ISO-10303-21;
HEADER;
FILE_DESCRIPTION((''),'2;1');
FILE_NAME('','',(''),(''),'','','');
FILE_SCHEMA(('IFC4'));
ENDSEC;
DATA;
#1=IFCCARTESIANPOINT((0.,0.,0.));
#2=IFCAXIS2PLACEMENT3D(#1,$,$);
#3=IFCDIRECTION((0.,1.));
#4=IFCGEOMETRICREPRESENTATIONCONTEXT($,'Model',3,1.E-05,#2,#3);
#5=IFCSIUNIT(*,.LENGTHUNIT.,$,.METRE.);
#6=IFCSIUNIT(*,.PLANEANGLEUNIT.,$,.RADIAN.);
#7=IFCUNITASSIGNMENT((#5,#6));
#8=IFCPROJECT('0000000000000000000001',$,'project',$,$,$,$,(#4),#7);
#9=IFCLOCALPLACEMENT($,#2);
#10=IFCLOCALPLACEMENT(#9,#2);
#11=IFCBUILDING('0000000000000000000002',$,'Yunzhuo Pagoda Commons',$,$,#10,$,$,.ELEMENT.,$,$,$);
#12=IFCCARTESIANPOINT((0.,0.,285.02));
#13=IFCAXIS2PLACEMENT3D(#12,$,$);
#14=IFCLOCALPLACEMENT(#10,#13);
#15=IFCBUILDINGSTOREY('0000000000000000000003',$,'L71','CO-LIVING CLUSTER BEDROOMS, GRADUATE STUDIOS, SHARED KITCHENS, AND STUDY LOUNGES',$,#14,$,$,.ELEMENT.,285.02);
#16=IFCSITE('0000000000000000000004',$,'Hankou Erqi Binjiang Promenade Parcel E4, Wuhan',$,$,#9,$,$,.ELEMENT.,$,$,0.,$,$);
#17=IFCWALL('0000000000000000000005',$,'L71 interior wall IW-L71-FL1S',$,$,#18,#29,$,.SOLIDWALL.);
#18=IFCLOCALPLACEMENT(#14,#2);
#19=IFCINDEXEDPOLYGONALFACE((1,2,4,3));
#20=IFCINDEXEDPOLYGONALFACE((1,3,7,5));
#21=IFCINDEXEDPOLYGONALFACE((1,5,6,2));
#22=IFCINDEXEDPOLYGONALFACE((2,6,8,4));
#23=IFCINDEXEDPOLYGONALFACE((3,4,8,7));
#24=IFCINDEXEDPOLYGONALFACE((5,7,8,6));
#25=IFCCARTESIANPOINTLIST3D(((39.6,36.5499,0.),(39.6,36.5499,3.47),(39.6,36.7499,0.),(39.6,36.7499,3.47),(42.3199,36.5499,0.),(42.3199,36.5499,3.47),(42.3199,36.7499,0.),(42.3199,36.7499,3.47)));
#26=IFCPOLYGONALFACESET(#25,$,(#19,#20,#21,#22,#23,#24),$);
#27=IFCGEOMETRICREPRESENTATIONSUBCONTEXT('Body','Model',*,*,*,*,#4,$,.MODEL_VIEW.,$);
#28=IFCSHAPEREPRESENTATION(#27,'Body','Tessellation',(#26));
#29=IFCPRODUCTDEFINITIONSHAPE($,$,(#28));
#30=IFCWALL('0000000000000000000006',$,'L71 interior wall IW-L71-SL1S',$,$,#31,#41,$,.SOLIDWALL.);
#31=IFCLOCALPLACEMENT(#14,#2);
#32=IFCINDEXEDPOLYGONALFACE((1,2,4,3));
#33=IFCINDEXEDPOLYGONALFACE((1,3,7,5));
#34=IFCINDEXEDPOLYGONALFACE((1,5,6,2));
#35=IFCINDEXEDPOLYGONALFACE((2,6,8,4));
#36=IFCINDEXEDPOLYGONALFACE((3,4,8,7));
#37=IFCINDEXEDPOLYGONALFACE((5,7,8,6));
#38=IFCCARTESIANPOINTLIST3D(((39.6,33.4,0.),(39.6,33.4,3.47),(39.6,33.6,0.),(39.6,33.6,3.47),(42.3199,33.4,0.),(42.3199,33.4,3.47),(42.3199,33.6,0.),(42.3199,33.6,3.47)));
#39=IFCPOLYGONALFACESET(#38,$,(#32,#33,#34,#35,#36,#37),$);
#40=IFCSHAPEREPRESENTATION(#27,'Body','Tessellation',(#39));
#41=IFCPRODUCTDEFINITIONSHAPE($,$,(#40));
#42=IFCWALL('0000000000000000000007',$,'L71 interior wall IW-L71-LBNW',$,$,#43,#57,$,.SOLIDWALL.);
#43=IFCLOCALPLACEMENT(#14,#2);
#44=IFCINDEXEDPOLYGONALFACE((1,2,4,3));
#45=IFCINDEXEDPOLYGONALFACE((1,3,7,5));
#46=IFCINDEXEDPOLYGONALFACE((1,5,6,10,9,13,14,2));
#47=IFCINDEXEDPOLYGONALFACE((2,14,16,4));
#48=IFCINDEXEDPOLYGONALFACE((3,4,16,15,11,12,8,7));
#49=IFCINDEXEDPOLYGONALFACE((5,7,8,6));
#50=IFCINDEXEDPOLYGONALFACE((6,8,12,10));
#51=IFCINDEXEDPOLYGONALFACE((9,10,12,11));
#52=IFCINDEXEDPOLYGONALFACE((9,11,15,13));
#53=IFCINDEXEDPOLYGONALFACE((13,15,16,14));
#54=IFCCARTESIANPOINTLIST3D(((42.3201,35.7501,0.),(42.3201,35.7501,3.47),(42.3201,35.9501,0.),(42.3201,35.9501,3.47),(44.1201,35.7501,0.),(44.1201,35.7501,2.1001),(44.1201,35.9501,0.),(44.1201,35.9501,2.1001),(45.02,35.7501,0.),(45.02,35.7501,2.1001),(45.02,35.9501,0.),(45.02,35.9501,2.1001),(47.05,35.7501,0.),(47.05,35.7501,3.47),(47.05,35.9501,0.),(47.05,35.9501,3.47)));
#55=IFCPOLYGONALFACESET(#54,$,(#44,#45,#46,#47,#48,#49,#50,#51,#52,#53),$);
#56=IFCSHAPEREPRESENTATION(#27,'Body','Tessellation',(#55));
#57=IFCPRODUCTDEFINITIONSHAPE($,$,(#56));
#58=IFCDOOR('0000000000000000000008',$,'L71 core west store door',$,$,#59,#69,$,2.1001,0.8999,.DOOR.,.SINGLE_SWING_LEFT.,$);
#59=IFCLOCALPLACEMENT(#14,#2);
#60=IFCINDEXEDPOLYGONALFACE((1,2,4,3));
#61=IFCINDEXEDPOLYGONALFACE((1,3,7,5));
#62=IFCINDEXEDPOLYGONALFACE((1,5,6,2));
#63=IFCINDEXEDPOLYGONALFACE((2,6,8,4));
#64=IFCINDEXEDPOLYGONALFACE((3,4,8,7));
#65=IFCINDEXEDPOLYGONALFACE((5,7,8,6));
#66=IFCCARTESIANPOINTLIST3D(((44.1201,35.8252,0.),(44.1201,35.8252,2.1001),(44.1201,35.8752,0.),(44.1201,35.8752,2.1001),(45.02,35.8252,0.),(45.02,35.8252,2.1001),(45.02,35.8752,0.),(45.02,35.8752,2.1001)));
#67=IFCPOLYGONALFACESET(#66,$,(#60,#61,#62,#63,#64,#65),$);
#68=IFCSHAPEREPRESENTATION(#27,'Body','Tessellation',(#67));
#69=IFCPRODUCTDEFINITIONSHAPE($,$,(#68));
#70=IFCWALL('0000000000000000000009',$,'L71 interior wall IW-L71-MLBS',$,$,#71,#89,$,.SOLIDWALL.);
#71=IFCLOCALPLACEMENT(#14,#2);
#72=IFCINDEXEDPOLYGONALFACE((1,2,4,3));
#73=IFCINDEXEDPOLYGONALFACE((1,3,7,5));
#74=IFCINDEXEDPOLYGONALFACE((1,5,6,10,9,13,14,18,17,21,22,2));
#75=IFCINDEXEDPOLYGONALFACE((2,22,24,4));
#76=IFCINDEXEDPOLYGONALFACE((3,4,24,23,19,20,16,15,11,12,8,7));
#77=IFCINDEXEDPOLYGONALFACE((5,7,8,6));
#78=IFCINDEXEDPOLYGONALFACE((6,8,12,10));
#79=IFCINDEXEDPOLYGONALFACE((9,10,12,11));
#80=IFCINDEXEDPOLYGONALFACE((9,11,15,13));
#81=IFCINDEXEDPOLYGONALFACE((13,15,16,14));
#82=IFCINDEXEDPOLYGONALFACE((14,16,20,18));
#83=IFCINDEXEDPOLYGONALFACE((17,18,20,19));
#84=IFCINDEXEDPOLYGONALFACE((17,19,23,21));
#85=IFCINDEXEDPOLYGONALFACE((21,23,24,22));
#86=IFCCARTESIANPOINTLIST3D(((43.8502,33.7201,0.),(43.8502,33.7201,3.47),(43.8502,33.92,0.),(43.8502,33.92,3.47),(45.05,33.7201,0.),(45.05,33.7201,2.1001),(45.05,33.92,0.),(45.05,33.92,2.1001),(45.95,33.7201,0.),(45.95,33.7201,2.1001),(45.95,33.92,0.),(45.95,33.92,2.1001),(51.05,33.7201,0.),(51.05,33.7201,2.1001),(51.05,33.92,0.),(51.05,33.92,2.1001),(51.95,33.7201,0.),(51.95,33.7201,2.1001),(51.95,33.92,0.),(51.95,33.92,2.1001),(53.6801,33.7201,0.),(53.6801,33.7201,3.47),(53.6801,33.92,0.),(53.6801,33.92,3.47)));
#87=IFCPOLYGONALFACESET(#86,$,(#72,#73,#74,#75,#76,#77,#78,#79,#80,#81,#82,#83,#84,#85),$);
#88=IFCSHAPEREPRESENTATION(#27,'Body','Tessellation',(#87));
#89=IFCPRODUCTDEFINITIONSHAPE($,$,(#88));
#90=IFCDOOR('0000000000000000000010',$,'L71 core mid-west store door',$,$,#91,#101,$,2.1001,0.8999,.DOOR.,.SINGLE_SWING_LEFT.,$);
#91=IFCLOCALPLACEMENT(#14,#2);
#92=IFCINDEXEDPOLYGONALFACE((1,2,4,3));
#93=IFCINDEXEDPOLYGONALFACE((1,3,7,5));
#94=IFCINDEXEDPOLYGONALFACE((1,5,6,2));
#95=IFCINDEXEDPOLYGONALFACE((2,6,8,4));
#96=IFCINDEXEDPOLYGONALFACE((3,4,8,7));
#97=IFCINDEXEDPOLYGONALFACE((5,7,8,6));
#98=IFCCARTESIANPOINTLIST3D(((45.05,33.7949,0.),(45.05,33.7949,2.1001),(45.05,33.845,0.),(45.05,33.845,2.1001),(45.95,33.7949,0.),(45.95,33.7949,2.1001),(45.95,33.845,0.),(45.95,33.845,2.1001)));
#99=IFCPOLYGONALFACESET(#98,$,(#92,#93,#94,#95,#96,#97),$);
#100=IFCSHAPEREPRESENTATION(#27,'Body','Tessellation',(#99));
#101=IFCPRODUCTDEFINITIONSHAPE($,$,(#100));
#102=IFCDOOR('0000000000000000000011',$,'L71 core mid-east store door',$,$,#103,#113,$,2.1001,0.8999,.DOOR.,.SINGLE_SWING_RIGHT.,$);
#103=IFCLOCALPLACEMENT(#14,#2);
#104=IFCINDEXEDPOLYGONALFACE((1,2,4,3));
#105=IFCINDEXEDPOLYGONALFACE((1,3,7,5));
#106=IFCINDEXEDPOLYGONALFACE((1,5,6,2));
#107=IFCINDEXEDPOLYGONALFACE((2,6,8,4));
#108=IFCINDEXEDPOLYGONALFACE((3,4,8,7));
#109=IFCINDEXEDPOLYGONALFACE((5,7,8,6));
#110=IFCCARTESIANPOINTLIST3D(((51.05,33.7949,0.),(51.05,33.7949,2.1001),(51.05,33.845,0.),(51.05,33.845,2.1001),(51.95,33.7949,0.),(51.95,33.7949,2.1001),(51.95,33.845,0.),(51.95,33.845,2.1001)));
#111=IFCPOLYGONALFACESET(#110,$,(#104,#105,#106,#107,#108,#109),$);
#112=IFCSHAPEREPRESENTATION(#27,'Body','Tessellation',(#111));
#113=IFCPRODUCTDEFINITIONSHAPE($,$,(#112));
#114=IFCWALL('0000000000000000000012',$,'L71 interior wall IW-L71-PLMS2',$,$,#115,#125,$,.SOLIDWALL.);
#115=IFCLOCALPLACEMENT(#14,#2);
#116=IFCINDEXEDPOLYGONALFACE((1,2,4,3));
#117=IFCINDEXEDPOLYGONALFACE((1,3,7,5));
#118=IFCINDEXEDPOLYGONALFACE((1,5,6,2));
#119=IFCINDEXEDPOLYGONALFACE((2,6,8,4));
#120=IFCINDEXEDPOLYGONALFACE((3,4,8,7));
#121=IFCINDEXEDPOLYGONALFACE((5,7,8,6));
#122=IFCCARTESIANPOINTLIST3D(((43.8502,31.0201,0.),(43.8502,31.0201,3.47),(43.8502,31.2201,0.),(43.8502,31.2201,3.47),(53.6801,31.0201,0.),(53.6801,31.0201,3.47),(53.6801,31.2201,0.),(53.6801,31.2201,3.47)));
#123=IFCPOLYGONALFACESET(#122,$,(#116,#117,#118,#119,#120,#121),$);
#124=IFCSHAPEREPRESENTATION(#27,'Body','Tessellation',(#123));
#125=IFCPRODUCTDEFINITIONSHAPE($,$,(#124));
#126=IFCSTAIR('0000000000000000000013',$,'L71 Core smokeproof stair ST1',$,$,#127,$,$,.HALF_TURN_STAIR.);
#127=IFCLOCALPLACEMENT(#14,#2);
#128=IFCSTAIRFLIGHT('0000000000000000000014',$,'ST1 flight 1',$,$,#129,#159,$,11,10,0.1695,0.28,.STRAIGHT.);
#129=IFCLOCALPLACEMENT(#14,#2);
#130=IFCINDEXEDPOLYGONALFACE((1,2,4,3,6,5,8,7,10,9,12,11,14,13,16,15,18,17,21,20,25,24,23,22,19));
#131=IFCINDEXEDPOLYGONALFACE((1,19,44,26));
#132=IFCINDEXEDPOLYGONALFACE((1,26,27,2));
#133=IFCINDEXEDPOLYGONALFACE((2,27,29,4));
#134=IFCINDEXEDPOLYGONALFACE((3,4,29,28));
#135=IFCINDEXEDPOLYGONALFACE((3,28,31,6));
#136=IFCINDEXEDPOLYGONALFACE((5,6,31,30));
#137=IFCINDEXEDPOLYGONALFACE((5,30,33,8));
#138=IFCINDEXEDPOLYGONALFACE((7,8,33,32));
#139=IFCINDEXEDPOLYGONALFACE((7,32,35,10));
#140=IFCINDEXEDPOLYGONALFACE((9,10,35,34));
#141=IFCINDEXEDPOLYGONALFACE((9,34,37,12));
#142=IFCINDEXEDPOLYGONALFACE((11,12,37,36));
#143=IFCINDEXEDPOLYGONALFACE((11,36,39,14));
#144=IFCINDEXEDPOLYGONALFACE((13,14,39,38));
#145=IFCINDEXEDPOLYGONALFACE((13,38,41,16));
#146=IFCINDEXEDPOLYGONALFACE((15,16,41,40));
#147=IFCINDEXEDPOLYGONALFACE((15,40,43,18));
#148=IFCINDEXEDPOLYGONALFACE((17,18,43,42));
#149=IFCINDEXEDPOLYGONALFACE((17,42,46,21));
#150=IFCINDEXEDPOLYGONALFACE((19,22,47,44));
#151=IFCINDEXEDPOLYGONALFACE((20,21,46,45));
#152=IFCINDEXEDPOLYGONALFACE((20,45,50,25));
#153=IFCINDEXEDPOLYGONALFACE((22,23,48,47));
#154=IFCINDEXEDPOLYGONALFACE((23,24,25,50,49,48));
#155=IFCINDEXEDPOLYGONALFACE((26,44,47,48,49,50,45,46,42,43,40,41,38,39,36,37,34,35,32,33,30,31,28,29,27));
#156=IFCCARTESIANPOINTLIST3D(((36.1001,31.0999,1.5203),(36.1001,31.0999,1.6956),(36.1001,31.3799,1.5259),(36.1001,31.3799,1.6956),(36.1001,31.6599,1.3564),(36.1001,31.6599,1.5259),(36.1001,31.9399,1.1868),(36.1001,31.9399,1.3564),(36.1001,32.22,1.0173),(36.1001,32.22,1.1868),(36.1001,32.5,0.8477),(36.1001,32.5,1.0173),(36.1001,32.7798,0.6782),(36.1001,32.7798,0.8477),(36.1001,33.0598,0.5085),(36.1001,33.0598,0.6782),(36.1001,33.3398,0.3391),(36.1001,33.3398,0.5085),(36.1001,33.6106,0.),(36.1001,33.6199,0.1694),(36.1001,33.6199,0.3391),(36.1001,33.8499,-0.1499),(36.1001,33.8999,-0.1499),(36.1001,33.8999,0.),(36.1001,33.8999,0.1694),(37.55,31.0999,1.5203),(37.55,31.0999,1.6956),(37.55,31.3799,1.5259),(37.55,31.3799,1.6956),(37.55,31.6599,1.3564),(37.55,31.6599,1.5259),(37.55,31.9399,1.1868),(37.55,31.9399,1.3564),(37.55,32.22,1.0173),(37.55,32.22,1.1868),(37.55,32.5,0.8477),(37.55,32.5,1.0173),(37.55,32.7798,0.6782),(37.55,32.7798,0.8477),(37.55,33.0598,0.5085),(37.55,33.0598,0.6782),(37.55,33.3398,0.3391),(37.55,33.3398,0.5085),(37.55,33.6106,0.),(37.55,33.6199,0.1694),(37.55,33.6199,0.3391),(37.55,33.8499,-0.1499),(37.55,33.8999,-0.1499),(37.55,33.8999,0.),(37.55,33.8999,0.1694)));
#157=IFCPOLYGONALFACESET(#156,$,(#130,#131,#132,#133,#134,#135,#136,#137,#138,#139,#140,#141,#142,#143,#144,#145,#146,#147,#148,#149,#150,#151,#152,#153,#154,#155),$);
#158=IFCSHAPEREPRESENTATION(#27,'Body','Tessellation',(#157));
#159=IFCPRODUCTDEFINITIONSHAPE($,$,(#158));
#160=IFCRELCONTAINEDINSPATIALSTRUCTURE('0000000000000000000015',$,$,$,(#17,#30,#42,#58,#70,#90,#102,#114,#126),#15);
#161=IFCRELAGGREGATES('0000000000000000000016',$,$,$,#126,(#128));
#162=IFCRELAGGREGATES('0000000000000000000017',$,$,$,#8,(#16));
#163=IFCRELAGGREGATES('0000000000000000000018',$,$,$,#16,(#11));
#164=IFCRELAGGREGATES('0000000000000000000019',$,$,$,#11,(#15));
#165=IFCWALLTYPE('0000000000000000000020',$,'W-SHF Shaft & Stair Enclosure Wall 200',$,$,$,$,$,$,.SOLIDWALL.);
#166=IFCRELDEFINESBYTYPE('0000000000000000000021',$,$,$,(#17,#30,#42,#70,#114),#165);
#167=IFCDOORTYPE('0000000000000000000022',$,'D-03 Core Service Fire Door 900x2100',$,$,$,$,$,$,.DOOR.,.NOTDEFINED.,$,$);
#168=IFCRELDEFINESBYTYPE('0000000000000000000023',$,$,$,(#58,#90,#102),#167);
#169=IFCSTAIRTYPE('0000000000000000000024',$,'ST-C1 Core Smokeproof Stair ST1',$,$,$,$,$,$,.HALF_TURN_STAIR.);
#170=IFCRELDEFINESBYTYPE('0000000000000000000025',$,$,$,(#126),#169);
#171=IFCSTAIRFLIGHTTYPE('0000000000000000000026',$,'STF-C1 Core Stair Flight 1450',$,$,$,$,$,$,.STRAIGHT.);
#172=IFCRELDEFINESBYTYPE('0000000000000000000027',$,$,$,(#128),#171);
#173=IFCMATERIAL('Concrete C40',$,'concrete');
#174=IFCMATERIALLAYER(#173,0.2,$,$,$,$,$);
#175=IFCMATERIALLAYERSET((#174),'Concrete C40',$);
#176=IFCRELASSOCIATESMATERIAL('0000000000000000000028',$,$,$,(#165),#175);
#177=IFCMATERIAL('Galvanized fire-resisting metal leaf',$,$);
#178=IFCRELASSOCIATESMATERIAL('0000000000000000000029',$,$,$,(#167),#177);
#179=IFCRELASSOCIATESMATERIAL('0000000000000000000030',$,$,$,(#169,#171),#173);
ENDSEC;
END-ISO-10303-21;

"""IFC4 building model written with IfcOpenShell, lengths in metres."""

from ifc_helpers import new_model, si_unit, direction, frame, frame_2d, origin, origin_with_axes, place, context, subcontext, project, spatial, polyline, rectangle, outline, extrude, source, transform, mapped, material, layer, layer_set, type_object, element, fill, aggregate, save


model = new_model("IFC4")

# Units and contexts
model_context = context("Model", 3, precision=1e-05, world=origin(), true_north=direction((0.0, 1.0)))
body_context = subcontext(model_context, "Body", "Model", "MODEL_VIEW")
ifc_project = project(units=[si_unit("LENGTHUNIT", "METRE"), si_unit("PLANEANGLEUNIT", "RADIAN")], contexts=[model_context])

# Site, building, storey
site_placement = place(None, origin())
site = spatial("IfcSite", under=ifc_project, at=site_placement, Name="Hankou Erqi Binjiang Promenade Parcel E4, Wuhan", CompositionType="ELEMENT", RefElevation=0.0)
building_placement = place(site_placement, origin())
building = spatial("IfcBuilding", under=site, at=building_placement, Name="Yunzhuo Pagoda Commons", CompositionType="ELEMENT")
storey_placement = place(building_placement, frame((0.0, 0.0, 285.02)))
storey = spatial("IfcBuildingStorey", under=building, at=storey_placement, Name="L71", Description="CO-LIVING CLUSTER BEDROOMS, GRADUATE STUDIOS, SHARED KITCHENS, AND STUDY LOUNGES", CompositionType="ELEMENT", Elevation=285.02)

# Shared definitions
ifc_material_1 = material(Name="Galvanized fire-resisting metal leaf")

# Shared definitions
ifc_material_2 = material(Name="Concrete C40", Category="concrete")
ifc_layer_1 = layer(ifc_material_2, 0.2)
ifc_layer_set_1 = layer_set([ifc_layer_1], Name="Concrete C40")
wall_type_1 = type_object("IfcWallType", Name="W-SHF Shaft & Stair Enclosure Wall 200", PredefinedType="SOLIDWALL", material=ifc_layer_set_1)

# Walls
for number, where, z_axis, x_axis, name in (
    (1, (39.6001, 36.6499, 0.0), (0.0, 0.0, 1.0), (1.0, 0.0, 0.0), "L71 interior wall IW-L71-FL1S"),
    (2, (39.6001, 33.5, 0.0), (0.0, 0.0, 1.0), (1.0, 0.0, 0.0), "L71 interior wall IW-L71-SL1S"),
):
    element("IfcWall", number, at=place(storey_placement, frame(where, z_axis=z_axis, x_axis=x_axis)), inside=storey, type_object=wall_type_1, Name=name, PredefinedType="SOLIDWALL", context=body_context, shape_type="SweptSolid", body=[
        extrude(rectangle(XDim=2.72, YDim=0.2, at=frame_2d((1.3599, 0.0))), origin(), (0.0, 0.0, 1.0), 3.47),
    ])

# Wall, opening, door
wall_1_placement = place(storey_placement, frame((42.3201, 35.8501, 0.0), z_axis=(0.0, 0.0, 1.0), x_axis=(1.0, 0.0, 0.0)))
wall_1 = element("IfcWall", 3, at=wall_1_placement, inside=storey, type_object=wall_type_1, Name="L71 interior wall IW-L71-LBNW", PredefinedType="SOLIDWALL", context=body_context, shape_type="SweptSolid", body=[
    extrude(rectangle(XDim=4.73, YDim=0.2, at=frame_2d((2.365, 0.0))), origin(), (0.0, 0.0, 1.0), 3.47),
])
opening_1_placement = place(wall_1_placement, frame((1.8, 0.0, 0.0)))
opening_1 = element("IfcOpeningElement", 4, at=opening_1_placement, cuts=wall_1, PredefinedType="OPENING", context=body_context, shape_type="SweptSolid", body=[
    extrude(rectangle(XDim=0.8999, YDim=2.1001, at=frame_2d((0.45, 1.05))), frame((0.0, 0.1099, 0.0), z_axis=(0.0, -1.0, 0.0), x_axis=(1.0, 0.0, 0.0)), (0.0, 0.0, 1.0), 0.22),
])
door_type_1 = type_object("IfcDoorType", Name="D-03 Core Service Fire Door 900x2100", OperationType="NOTDEFINED", PredefinedType="DOOR", material=ifc_material_1)
shared_shape_1 = source(origin(), body_context, "Body", "SweptSolid", [
    extrude(rectangle(XDim=0.8999, YDim=2.1001, at=frame_2d((0.45, 1.05))), frame((0.0, 0.0249, 0.0), z_axis=(0.0, -1.0, 0.0), x_axis=(1.0, 0.0, 0.0)), (0.0, 0.0, 1.0), 0.05),
])
door_1_placement = place(opening_1_placement, frame((0.8999, 0.0, 0.0), z_axis=(0.0, 0.0, 1.0), x_axis=(-1.0, 0.0, 0.0)))
door_1 = element("IfcDoor", 5, at=door_1_placement, inside=storey, type_object=door_type_1, Name="L71 core west store door", OperationType="SINGLE_SWING_LEFT", OverallHeight=2.1001, OverallWidth=0.8999, PredefinedType="DOOR", context=body_context, shape_type="MappedRepresentation", body=[
    mapped(shared_shape_1, transform((0.0, 0.0, 0.0), scale=1.0)),
])
fill(opening_1, door_1)

# Wall, openings, doors
wall_2_placement = place(storey_placement, frame((43.8501, 33.8201, 0.0), z_axis=(0.0, 0.0, 1.0), x_axis=(1.0, 0.0, 0.0)))
wall_2 = element("IfcWall", 6, at=wall_2_placement, inside=storey, type_object=wall_type_1, Name="L71 interior wall IW-L71-MLBS", PredefinedType="SOLIDWALL", context=body_context, shape_type="SweptSolid", body=[
    extrude(rectangle(XDim=9.8298, YDim=0.2, at=frame_2d((4.915, 0.0))), origin(), (0.0, 0.0, 1.0), 3.47),
])
opening_2_placement = place(wall_2_placement, frame((1.2, 0.0, 0.0)))
opening_2 = element("IfcOpeningElement", 7, at=opening_2_placement, cuts=wall_2, PredefinedType="OPENING", context=body_context, shape_type="SweptSolid", body=[
    extrude(rectangle(XDim=0.8999, YDim=2.1001, at=frame_2d((0.45, 1.05))), frame((0.0, 0.1099, 0.0), z_axis=(0.0, -1.0, 0.0), x_axis=(1.0, 0.0, 0.0)), (0.0, 0.0, 1.0), 0.22),
])
opening_3_placement = place(wall_2_placement, frame((7.2, 0.0, 0.0)))
opening_3 = element("IfcOpeningElement", 8, at=opening_3_placement, cuts=wall_2, PredefinedType="OPENING", context=body_context, shape_type="SweptSolid", body=[
    extrude(rectangle(XDim=0.8999, YDim=2.1001, at=frame_2d((0.45, 1.05))), frame((0.0, 0.1099, 0.0), z_axis=(0.0, -1.0, 0.0), x_axis=(1.0, 0.0, 0.0)), (0.0, 0.0, 1.0), 0.22),
])
door_2_placement = place(opening_2_placement, origin_with_axes())
door_2 = element("IfcDoor", 9, at=door_2_placement, inside=storey, type_object=door_type_1, Name="L71 core mid-west store door", OperationType="SINGLE_SWING_LEFT", OverallHeight=2.1001, OverallWidth=0.8999, PredefinedType="DOOR", context=body_context, shape_type="MappedRepresentation", body=[
    mapped(shared_shape_1, transform((0.0, 0.0, 0.0), scale=1.0)),
])
fill(opening_2, door_2)
door_3_placement = place(opening_3_placement, origin_with_axes())
door_3 = element("IfcDoor", 10, at=door_3_placement, inside=storey, type_object=door_type_1, Name="L71 core mid-east store door", OperationType="SINGLE_SWING_RIGHT", OverallHeight=2.1001, OverallWidth=0.8999, PredefinedType="DOOR", context=body_context, shape_type="MappedRepresentation", body=[
    mapped(shared_shape_1, transform((0.0, 0.0, 0.0), scale=1.0)),
])
fill(opening_3, door_3)

# Wall
wall_3_placement = place(storey_placement, frame((43.8501, 31.1201, 0.0), z_axis=(0.0, 0.0, 1.0), x_axis=(1.0, 0.0, 0.0)))
element("IfcWall", 11, at=wall_3_placement, inside=storey, type_object=wall_type_1, Name="L71 interior wall IW-L71-PLMS2", PredefinedType="SOLIDWALL", context=body_context, shape_type="SweptSolid", body=[
    extrude(rectangle(XDim=9.8298, YDim=0.2, at=frame_2d((4.915, 0.0))), origin(), (0.0, 0.0, 1.0), 3.47),
])

# Stair, stair flight
stair_type = type_object("IfcStairType", Name="ST-C1 Core Smokeproof Stair ST1", PredefinedType="HALF_TURN_STAIR", material=ifc_material_2)
stair_placement = place(storey_placement, origin())
stair = element("IfcStair", 12, at=stair_placement, inside=storey, type_object=stair_type, Name="L71 Core smokeproof stair ST1", PredefinedType="HALF_TURN_STAIR")
stair_flight_type = type_object("IfcStairFlightType", Name="STF-C1 Core Stair Flight 1450", PredefinedType="STRAIGHT", material=ifc_material_2)
shared_shape_2 = source(origin(), body_context, "Body", "SweptSolid", [
    extrude(outline(polyline([(0.0, -0.1499), (0.0, 0.0), (0.0, 0.1694), (0.28, 0.1694), (0.28, 0.3391), (0.5601, 0.3391), (0.5601, 0.5085), (0.8401, 0.5085), (0.8401, 0.6782), (1.1201, 0.6782), (1.1201, 0.8477), (1.3999, 0.8477), (1.3999, 1.0173), (1.6799, 1.0173), (1.6799, 1.1868), (1.96, 1.1868), (1.96, 1.3564), (2.24, 1.3564), (2.24, 1.5259), (2.52, 1.5259), (2.52, 1.6956), (2.8, 1.6956), (2.8, 1.865), (2.8, 1.5203), (0.2893, 0.0), (0.05, -0.1499), (0.0, -0.1499)])), frame((0.0, 0.7251, 0.0), z_axis=(0.0, -1.0, 0.0), x_axis=(1.0, 0.0, 0.0)), (0.0, 0.0, 1.0), 1.45),
])
stair_flight_1_placement = place(storey_placement, frame((36.825, 33.8999, 0.0), z_axis=(0.0, 0.0, 1.0), x_axis=(0.0, -1.0, 0.0)))
stair_flight_1 = element("IfcStairFlight", 13, at=stair_flight_1_placement, type_object=stair_flight_type, Name="ST1 flight 1", NumberOfRisers=11, NumberOfTreads=10, PredefinedType="STRAIGHT", RiserHeight=0.1695, TreadLength=0.28, context=body_context, shape_type="MappedRepresentation", body=[
    mapped(shared_shape_2, transform((0.0, 0.0, 0.0), scale=1.0)),
])
aggregate(stair, [stair_flight_1])

save(model, "model.ifc")
